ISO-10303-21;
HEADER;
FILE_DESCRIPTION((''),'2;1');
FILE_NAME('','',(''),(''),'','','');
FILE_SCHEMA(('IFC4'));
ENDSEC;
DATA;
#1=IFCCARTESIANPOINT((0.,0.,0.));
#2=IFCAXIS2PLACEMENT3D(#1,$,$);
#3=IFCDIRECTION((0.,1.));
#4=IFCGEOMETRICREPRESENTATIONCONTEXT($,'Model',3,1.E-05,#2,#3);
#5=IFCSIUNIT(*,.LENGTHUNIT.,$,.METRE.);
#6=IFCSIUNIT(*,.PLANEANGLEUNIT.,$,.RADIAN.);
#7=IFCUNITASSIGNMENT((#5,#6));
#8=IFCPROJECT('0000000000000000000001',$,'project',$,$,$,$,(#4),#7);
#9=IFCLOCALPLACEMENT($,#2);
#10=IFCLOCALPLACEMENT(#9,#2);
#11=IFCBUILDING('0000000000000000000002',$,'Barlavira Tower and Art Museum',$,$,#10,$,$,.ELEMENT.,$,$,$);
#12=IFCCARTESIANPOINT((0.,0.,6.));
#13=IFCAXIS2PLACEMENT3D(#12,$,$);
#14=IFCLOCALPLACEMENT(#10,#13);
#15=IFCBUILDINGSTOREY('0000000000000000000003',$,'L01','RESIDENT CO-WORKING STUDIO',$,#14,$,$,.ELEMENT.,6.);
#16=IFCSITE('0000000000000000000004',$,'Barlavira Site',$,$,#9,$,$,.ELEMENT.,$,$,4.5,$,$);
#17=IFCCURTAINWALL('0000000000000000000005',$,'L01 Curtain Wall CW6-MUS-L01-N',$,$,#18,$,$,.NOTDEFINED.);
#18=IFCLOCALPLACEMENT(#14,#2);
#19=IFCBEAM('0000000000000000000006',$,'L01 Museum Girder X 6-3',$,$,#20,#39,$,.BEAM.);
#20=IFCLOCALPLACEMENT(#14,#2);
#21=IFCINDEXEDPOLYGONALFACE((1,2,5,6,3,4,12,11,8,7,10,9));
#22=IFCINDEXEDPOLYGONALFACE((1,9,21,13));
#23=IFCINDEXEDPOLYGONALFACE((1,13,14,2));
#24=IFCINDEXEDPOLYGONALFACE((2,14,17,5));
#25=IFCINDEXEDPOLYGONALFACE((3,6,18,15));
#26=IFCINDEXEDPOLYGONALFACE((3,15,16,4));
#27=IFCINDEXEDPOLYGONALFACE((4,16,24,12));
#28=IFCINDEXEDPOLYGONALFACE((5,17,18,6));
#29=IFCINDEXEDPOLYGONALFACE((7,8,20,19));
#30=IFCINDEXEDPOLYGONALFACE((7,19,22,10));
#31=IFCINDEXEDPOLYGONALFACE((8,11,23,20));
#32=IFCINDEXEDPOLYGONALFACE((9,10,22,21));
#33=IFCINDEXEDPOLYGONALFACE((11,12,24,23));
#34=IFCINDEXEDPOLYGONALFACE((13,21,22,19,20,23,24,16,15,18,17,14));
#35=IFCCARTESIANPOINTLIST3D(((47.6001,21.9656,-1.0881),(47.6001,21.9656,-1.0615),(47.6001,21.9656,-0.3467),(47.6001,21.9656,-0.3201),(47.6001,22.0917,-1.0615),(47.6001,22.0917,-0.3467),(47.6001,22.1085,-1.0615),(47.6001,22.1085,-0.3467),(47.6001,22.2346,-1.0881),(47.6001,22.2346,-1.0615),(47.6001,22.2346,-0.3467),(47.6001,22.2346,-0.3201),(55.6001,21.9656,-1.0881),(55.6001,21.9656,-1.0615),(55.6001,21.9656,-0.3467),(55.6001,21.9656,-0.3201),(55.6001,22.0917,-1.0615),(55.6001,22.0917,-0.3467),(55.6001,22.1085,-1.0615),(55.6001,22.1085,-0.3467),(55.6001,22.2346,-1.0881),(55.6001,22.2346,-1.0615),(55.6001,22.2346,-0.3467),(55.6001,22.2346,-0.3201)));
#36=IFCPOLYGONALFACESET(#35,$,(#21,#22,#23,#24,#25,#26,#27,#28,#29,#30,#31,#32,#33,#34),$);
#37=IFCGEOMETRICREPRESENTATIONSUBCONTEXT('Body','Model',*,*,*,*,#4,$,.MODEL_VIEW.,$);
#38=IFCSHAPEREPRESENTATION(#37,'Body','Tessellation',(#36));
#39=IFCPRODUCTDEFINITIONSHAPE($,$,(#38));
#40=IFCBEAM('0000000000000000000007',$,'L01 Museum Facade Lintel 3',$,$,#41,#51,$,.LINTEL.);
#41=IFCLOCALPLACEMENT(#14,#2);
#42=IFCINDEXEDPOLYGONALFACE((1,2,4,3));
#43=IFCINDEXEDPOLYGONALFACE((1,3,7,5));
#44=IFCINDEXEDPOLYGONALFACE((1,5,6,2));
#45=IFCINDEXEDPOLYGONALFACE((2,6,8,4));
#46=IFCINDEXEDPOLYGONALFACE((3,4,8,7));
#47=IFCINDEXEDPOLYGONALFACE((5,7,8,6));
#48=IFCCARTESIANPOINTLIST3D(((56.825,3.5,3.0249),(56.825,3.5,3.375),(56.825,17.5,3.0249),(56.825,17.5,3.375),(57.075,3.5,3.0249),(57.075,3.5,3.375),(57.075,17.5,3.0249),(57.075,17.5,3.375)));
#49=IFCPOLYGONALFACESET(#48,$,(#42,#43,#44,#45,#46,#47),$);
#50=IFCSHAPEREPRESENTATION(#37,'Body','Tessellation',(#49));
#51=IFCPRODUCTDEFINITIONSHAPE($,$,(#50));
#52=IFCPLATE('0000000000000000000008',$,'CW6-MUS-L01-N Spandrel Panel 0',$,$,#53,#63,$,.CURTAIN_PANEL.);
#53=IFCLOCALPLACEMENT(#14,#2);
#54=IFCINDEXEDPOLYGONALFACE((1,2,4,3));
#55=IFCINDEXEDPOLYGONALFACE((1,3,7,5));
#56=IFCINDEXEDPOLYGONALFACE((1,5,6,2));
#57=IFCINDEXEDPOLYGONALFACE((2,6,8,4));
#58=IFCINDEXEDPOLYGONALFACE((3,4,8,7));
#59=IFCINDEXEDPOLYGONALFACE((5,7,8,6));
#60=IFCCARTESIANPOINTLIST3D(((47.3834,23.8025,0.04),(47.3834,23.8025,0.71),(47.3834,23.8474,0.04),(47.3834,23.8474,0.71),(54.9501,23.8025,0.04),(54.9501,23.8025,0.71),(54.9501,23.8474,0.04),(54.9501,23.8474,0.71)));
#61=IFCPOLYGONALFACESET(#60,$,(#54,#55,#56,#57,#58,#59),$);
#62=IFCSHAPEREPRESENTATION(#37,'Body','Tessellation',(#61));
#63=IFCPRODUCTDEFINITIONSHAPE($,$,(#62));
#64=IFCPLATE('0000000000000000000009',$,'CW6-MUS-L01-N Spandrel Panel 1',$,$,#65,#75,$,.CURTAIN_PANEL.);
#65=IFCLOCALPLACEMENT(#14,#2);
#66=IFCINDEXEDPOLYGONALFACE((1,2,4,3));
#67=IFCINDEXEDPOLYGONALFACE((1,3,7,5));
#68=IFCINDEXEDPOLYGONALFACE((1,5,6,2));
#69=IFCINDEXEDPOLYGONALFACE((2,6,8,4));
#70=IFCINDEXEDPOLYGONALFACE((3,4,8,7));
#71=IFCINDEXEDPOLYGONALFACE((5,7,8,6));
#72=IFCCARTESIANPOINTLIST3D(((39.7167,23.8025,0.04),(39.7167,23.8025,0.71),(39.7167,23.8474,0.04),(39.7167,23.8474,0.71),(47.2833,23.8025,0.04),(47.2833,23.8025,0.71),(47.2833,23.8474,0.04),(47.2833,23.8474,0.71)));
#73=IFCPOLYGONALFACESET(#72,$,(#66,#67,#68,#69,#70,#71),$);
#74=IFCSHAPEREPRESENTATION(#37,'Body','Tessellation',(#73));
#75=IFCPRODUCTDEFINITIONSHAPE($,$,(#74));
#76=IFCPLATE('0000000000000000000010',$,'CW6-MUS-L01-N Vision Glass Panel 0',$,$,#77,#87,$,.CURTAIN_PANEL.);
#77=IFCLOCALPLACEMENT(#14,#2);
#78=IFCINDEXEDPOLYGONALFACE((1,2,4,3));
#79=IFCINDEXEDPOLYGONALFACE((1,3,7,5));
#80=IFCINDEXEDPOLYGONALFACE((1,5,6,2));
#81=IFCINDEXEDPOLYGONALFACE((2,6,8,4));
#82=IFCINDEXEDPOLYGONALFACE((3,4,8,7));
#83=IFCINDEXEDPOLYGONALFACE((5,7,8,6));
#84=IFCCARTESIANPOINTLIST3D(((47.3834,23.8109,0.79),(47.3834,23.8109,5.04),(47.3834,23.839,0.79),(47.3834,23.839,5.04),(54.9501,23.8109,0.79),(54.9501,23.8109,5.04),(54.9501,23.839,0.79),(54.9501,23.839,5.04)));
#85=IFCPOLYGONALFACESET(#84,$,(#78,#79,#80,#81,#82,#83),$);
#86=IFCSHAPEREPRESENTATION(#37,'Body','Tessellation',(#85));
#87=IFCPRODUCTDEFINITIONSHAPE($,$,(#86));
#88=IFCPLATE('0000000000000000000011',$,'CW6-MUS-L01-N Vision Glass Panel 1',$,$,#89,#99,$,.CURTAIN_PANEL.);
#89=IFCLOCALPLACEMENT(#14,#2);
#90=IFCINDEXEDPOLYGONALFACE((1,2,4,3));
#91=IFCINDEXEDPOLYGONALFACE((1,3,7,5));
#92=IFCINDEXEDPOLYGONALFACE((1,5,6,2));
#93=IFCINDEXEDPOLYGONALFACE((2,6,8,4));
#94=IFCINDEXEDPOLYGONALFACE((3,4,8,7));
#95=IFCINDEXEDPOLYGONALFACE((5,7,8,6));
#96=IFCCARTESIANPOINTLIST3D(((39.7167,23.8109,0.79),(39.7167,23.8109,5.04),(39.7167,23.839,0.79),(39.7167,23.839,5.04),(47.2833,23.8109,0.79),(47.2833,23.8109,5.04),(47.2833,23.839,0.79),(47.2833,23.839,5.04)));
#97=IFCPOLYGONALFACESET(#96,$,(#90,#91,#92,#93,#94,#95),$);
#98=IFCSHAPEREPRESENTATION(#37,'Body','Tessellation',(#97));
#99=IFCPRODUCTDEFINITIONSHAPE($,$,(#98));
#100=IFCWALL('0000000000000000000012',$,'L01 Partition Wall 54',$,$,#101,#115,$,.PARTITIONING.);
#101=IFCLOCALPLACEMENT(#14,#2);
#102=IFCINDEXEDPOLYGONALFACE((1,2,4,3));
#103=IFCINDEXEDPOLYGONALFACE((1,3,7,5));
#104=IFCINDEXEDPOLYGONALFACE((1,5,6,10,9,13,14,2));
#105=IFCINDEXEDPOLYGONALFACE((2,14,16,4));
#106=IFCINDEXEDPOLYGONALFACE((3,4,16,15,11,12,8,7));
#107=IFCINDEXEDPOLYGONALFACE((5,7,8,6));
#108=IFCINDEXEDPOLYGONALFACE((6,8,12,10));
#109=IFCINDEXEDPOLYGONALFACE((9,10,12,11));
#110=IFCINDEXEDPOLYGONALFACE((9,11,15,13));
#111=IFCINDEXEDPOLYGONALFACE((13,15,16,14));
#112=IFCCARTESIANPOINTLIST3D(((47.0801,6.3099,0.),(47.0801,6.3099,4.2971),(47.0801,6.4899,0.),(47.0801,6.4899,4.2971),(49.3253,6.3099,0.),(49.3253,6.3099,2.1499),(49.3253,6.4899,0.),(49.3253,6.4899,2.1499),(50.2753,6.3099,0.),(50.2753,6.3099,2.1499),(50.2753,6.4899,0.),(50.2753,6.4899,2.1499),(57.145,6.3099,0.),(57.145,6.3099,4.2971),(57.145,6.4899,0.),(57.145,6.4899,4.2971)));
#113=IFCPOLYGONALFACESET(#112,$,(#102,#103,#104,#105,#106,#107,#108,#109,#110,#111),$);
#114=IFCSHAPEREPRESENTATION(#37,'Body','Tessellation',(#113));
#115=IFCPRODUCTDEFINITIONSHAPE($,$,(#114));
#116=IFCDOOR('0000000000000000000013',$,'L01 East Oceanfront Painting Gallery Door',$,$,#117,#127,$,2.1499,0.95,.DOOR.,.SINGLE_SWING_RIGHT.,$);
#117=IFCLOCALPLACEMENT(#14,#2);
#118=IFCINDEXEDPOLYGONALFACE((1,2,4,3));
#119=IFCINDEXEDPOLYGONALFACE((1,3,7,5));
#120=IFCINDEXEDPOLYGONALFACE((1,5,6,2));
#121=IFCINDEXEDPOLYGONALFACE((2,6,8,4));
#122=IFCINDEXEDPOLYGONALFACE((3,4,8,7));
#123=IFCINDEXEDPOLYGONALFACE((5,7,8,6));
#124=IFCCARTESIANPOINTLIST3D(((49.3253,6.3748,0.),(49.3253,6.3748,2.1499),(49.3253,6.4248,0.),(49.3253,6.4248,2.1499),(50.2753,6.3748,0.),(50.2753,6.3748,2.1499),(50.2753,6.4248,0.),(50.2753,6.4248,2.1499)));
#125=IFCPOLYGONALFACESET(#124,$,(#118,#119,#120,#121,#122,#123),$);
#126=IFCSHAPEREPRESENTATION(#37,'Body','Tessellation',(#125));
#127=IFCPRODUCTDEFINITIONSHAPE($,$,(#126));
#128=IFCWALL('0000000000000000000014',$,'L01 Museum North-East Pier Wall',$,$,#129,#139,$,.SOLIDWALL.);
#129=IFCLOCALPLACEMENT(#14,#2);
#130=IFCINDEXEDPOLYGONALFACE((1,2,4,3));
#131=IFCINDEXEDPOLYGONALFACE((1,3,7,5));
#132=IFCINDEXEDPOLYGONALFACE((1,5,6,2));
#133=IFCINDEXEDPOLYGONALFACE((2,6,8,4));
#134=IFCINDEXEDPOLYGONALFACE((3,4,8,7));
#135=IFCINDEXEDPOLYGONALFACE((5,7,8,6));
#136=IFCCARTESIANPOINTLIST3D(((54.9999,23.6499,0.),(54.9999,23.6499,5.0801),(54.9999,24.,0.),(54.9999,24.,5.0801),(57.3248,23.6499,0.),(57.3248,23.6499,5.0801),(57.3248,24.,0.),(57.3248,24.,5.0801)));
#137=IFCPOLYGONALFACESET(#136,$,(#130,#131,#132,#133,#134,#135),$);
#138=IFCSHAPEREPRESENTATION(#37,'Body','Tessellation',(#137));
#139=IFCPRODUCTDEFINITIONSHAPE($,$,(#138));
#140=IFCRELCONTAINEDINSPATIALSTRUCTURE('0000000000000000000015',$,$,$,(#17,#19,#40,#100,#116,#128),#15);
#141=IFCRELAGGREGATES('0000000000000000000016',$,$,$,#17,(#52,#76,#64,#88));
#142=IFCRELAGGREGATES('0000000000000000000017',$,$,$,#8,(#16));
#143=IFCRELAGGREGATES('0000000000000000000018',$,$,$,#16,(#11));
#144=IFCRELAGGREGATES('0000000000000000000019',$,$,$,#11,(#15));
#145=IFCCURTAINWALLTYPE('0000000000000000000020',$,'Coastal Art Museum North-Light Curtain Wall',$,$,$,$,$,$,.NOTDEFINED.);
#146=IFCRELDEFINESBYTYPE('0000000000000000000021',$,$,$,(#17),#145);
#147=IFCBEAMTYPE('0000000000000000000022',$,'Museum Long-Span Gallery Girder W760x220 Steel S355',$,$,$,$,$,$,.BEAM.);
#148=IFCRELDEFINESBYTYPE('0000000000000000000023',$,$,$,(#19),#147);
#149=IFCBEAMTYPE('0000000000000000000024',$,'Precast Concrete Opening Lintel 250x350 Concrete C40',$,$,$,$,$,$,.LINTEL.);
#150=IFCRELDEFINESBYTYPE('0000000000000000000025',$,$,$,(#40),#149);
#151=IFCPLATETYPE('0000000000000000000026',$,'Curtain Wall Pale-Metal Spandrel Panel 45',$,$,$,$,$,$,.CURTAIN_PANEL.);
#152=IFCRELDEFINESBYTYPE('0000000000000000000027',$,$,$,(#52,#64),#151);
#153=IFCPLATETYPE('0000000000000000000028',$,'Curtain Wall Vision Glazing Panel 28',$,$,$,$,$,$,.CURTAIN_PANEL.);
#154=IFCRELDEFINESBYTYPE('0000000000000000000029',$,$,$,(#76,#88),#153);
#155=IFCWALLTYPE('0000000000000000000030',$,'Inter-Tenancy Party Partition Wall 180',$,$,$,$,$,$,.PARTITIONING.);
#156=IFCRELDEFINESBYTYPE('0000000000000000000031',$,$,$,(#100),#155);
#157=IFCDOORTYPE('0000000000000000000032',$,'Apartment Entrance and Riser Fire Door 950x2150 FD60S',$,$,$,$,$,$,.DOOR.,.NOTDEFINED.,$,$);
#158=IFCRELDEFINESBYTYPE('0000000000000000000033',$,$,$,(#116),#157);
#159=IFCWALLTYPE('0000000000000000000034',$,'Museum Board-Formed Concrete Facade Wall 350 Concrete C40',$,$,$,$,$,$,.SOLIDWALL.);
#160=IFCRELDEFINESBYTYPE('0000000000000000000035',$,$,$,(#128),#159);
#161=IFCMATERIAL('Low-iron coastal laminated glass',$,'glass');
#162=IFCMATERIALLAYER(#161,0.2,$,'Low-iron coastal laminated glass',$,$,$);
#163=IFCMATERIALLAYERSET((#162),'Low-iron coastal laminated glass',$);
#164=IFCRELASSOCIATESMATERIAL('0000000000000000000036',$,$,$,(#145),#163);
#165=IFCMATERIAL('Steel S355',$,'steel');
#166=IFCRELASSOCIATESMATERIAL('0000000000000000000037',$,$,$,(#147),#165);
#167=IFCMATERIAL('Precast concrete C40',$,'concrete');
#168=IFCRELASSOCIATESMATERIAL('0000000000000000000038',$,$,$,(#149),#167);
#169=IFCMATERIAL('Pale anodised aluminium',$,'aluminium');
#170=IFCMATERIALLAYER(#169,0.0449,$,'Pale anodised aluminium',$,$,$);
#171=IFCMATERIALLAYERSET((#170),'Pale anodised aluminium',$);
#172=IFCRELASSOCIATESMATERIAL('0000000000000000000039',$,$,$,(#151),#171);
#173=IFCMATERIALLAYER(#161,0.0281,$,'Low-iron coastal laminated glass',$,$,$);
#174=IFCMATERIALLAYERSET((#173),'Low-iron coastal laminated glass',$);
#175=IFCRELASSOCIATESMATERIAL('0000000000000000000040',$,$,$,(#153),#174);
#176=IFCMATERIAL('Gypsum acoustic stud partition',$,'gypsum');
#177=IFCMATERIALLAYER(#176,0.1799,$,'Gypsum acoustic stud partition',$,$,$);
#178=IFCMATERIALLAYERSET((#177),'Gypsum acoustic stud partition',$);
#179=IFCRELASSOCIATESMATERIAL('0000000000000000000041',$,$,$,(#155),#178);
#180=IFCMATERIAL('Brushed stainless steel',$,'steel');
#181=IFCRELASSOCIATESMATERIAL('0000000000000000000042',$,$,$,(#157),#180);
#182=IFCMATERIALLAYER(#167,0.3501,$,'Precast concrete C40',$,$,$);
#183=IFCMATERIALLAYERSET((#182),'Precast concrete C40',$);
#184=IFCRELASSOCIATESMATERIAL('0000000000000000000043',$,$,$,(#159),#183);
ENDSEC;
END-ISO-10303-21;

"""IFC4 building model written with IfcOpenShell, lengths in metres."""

from ifc_helpers import new_model, si_unit, direction, frame, frame_2d, origin, origin_2d, place, context, subcontext, project, spatial, rectangle, i_section, extrude, material, layer, layer_set, material_profile, profile_set, type_object, element, fill, aggregate, save


model = new_model("IFC4")

# Units and contexts
model_context = context("Model", 3, precision=1e-05, world=origin(), true_north=direction((0.0, 1.0)))
body_context = subcontext(model_context, "Body", "Model", "MODEL_VIEW")
ifc_project = project(units=[si_unit("LENGTHUNIT", "METRE"), si_unit("PLANEANGLEUNIT", "RADIAN")], contexts=[model_context])

# Site, building, storey
site_placement = place(None, origin())
site = spatial("IfcSite", under=ifc_project, at=site_placement, Name="Barlavira Site", CompositionType="ELEMENT", RefElevation=4.5)
building_placement = place(site_placement, origin())
building = spatial("IfcBuilding", under=site, at=building_placement, Name="Barlavira Tower and Art Museum", CompositionType="ELEMENT")
storey_placement = place(building_placement, frame((0.0, 0.0, 6.0)))
storey = spatial("IfcBuildingStorey", under=building, at=storey_placement, Name="L01", Description="RESIDENT CO-WORKING STUDIO", CompositionType="ELEMENT", Elevation=6.0)

# Curtain wall
ifc_material_1 = material(Name="Low-iron coastal laminated glass", Category="glass")
ifc_layer_1 = layer(ifc_material_1, 0.2, Name="Low-iron coastal laminated glass")
ifc_layer_set_1 = layer_set([ifc_layer_1], Name="Low-iron coastal laminated glass")
curtain_wall_type = type_object("IfcCurtainWallType", Name="Coastal Art Museum North-Light Curtain Wall", PredefinedType="NOTDEFINED", material=ifc_layer_set_1)
curtain_wall_placement = place(storey_placement, origin())
curtain_wall = element("IfcCurtainWall", 1, at=curtain_wall_placement, inside=storey, type_object=curtain_wall_type, Name="L01 Curtain Wall CW6-MUS-L01-N", PredefinedType="NOTDEFINED")
ifc_material_2 = material(Name="Pale anodised aluminium", Category="aluminium")

# Beams
ifc_material_3 = material(Name="Steel S355", Category="steel")
ifc_material_profile_1 = material_profile(ifc_material_3, i_section(OverallWidth=0.269, OverallDepth=0.7681, WebThickness=0.0168, FlangeThickness=0.0266, at=origin_2d()), Name="W760x220.0")
ifc_profile_set_1 = profile_set([ifc_material_profile_1], Name="Steel S355")
beam_type_1 = type_object("IfcBeamType", Name="Museum Long-Span Gallery Girder W760x220 Steel S355", PredefinedType="BEAM", material=ifc_profile_set_1)
for number, where, z_axis, x_axis, name in (
    (2, (47.6001, 22.1001, -0.7041), (1.0, 0.0, 0.0), (0.0, 1.0, 0.0), "L01 Museum Girder X 6-3"),
):
    element("IfcBeam", number, at=place(storey_placement, frame(where, z_axis=z_axis, x_axis=x_axis)), inside=storey, type_object=beam_type_1, Name=name, PredefinedType="BEAM", context=body_context, shape_type="SweptSolid", body=[
        extrude(i_section(OverallWidth=0.269, OverallDepth=0.7681, WebThickness=0.0168, FlangeThickness=0.0266, at=origin_2d()), origin(), (0.0, 0.0, 1.0), 8.0),
    ])
ifc_material_4 = material(Name="Precast concrete C40", Category="concrete")
ifc_material_profile_2 = material_profile(ifc_material_4, rectangle(XDim=0.25, YDim=0.3501, at=origin_2d()), Name="RC-LNT 250x350")
ifc_profile_set_2 = profile_set([ifc_material_profile_2], Name="Precast concrete C40")
beam_type_2 = type_object("IfcBeamType", Name="Precast Concrete Opening Lintel 250x350 Concrete C40", PredefinedType="LINTEL", material=ifc_profile_set_2)
beam_1_placement = place(storey_placement, frame((56.95, 3.5, 3.2), z_axis=(0.0, 1.0, 0.0), x_axis=(-1.0, 0.0, 0.0)))
element("IfcBeam", 3, at=beam_1_placement, inside=storey, type_object=beam_type_2, Name="L01 Museum Facade Lintel 3", PredefinedType="LINTEL", context=body_context, shape_type="SweptSolid", body=[
    extrude(rectangle(XDim=0.25, YDim=0.3501, at=origin_2d()), origin(), (0.0, 0.0, 1.0), 14.0),
])

# Plates
ifc_layer_2 = layer(ifc_material_2, 0.0449, Name="Pale anodised aluminium")
ifc_layer_set_2 = layer_set([ifc_layer_2], Name="Pale anodised aluminium")
plate_type_1 = type_object("IfcPlateType", Name="Curtain Wall Pale-Metal Spandrel Panel 45", PredefinedType="CURTAIN_PANEL", material=ifc_layer_set_2)
plate_1_placement = place(storey_placement, frame((51.1667, 23.825, 0.04), z_axis=(0.0, 0.0, 1.0), x_axis=(-1.0, 0.0, 0.0)))
plate_1 = element("IfcPlate", 4, at=plate_1_placement, type_object=plate_type_1, Name="CW6-MUS-L01-N Spandrel Panel 0", PredefinedType="CURTAIN_PANEL", context=body_context, shape_type="SweptSolid", body=[
    extrude(rectangle(XDim=7.5667, YDim=0.0449, at=origin_2d()), origin(), (0.0, 0.0, 1.0), 0.6699),
])
plate_2_placement = place(storey_placement, frame((43.5, 23.825, 0.04), z_axis=(0.0, 0.0, 1.0), x_axis=(-1.0, 0.0, 0.0)))
plate_2 = element("IfcPlate", 5, at=plate_2_placement, type_object=plate_type_1, Name="CW6-MUS-L01-N Spandrel Panel 1", PredefinedType="CURTAIN_PANEL", context=body_context, shape_type="SweptSolid", body=[
    extrude(rectangle(XDim=7.5667, YDim=0.0449, at=origin_2d()), origin(), (0.0, 0.0, 1.0), 0.6699),
])
ifc_layer_3 = layer(ifc_material_1, 0.0281, Name="Low-iron coastal laminated glass")
ifc_layer_set_3 = layer_set([ifc_layer_3], Name="Low-iron coastal laminated glass")
plate_type_2 = type_object("IfcPlateType", Name="Curtain Wall Vision Glazing Panel 28", PredefinedType="CURTAIN_PANEL", material=ifc_layer_set_3)
plate_3_placement = place(storey_placement, frame((51.1667, 23.825, 0.79), z_axis=(0.0, 0.0, 1.0), x_axis=(-1.0, 0.0, 0.0)))
plate_3 = element("IfcPlate", 6, at=plate_3_placement, type_object=plate_type_2, Name="CW6-MUS-L01-N Vision Glass Panel 0", PredefinedType="CURTAIN_PANEL", context=body_context, shape_type="SweptSolid", body=[
    extrude(rectangle(XDim=7.5667, YDim=0.0281, at=origin_2d()), origin(), (0.0, 0.0, 1.0), 4.25),
])
plate_4_placement = place(storey_placement, frame((43.5, 23.825, 0.79), z_axis=(0.0, 0.0, 1.0), x_axis=(-1.0, 0.0, 0.0)))
plate_4 = element("IfcPlate", 7, at=plate_4_placement, type_object=plate_type_2, Name="CW6-MUS-L01-N Vision Glass Panel 1", PredefinedType="CURTAIN_PANEL", context=body_context, shape_type="SweptSolid", body=[
    extrude(rectangle(XDim=7.5667, YDim=0.0281, at=origin_2d()), origin(), (0.0, 0.0, 1.0), 4.25),
])
aggregate(curtain_wall, [plate_1, plate_3, plate_2, plate_4])

# Wall, opening, door
ifc_material_5 = material(Name="Gypsum acoustic stud partition", Category="gypsum")
ifc_layer_4 = layer(ifc_material_5, 0.1799, Name="Gypsum acoustic stud partition")
ifc_layer_set_4 = layer_set([ifc_layer_4], Name="Gypsum acoustic stud partition")
wall_type_1 = type_object("IfcWallType", Name="Inter-Tenancy Party Partition Wall 180", PredefinedType="PARTITIONING", material=ifc_layer_set_4)
wall_1_placement = place(storey_placement, frame((47.0801, 6.3999, 0.0), z_axis=(0.0, 0.0, 1.0), x_axis=(1.0, 0.0, 0.0)))
wall_1 = element("IfcWall", 8, at=wall_1_placement, inside=storey, type_object=wall_type_1, Name="L01 Partition Wall 54", PredefinedType="PARTITIONING", context=body_context, shape_type="SweptSolid", body=[
    extrude(rectangle(XDim=10.0649, YDim=0.1799, at=frame_2d((5.0325, 0.0))), origin(), (0.0, 0.0, 1.0), 4.2971),
])
opening_placement = place(wall_1_placement, frame((2.2451, 0.0, 0.0)))
opening = element("IfcOpeningElement", 9, at=opening_placement, cuts=wall_1, PredefinedType="OPENING", context=body_context, shape_type="SweptSolid", body=[
    extrude(rectangle(XDim=0.95, YDim=2.1499, at=frame_2d((0.4751, 1.075))), frame((0.0, 0.1001, 0.0), z_axis=(0.0, -1.0, 0.0), x_axis=(1.0, 0.0, 0.0)), (0.0, 0.0, 1.0), 0.2),
])
ifc_material_6 = material(Name="Brushed stainless steel", Category="steel")
door_type = type_object("IfcDoorType", Name="Apartment Entrance and Riser Fire Door 950x2150 FD60S", OperationType="NOTDEFINED", PredefinedType="DOOR", material=ifc_material_6)
door_placement = place(opening_placement, origin())
door = element("IfcDoor", 10, at=door_placement, inside=storey, type_object=door_type, Name="L01 East Oceanfront Painting Gallery Door", OperationType="SINGLE_SWING_RIGHT", OverallHeight=2.1499, OverallWidth=0.95, PredefinedType="DOOR", context=body_context, shape_type="SweptSolid", body=[
    extrude(rectangle(XDim=0.95, YDim=2.1499, at=frame_2d((0.4751, 1.075))), frame((0.0, 0.0249, 0.0), z_axis=(0.0, -1.0, 0.0), x_axis=(1.0, 0.0, 0.0)), (0.0, 0.0, 1.0), 0.05),
])
fill(opening, door)

# Wall
ifc_layer_5 = layer(ifc_material_4, 0.3501, Name="Precast concrete C40")
ifc_layer_set_5 = layer_set([ifc_layer_5], Name="Precast concrete C40")
wall_type_2 = type_object("IfcWallType", Name="Museum Board-Formed Concrete Facade Wall 350 Concrete C40", PredefinedType="SOLIDWALL", material=ifc_layer_set_5)
wall_2_placement = place(storey_placement, frame((57.325, 23.825, 0.0), z_axis=(0.0, 0.0, 1.0), x_axis=(-1.0, 0.0, 0.0)))
element("IfcWall", 11, at=wall_2_placement, inside=storey, type_object=wall_type_2, Name="L01 Museum North-East Pier Wall", PredefinedType="SOLIDWALL", context=body_context, shape_type="SweptSolid", body=[
    extrude(rectangle(XDim=2.325, YDim=0.3501, at=frame_2d((1.1626, 0.0))), origin(), (0.0, 0.0, 1.0), 5.0801),
])

save(model, "model.ifc")
